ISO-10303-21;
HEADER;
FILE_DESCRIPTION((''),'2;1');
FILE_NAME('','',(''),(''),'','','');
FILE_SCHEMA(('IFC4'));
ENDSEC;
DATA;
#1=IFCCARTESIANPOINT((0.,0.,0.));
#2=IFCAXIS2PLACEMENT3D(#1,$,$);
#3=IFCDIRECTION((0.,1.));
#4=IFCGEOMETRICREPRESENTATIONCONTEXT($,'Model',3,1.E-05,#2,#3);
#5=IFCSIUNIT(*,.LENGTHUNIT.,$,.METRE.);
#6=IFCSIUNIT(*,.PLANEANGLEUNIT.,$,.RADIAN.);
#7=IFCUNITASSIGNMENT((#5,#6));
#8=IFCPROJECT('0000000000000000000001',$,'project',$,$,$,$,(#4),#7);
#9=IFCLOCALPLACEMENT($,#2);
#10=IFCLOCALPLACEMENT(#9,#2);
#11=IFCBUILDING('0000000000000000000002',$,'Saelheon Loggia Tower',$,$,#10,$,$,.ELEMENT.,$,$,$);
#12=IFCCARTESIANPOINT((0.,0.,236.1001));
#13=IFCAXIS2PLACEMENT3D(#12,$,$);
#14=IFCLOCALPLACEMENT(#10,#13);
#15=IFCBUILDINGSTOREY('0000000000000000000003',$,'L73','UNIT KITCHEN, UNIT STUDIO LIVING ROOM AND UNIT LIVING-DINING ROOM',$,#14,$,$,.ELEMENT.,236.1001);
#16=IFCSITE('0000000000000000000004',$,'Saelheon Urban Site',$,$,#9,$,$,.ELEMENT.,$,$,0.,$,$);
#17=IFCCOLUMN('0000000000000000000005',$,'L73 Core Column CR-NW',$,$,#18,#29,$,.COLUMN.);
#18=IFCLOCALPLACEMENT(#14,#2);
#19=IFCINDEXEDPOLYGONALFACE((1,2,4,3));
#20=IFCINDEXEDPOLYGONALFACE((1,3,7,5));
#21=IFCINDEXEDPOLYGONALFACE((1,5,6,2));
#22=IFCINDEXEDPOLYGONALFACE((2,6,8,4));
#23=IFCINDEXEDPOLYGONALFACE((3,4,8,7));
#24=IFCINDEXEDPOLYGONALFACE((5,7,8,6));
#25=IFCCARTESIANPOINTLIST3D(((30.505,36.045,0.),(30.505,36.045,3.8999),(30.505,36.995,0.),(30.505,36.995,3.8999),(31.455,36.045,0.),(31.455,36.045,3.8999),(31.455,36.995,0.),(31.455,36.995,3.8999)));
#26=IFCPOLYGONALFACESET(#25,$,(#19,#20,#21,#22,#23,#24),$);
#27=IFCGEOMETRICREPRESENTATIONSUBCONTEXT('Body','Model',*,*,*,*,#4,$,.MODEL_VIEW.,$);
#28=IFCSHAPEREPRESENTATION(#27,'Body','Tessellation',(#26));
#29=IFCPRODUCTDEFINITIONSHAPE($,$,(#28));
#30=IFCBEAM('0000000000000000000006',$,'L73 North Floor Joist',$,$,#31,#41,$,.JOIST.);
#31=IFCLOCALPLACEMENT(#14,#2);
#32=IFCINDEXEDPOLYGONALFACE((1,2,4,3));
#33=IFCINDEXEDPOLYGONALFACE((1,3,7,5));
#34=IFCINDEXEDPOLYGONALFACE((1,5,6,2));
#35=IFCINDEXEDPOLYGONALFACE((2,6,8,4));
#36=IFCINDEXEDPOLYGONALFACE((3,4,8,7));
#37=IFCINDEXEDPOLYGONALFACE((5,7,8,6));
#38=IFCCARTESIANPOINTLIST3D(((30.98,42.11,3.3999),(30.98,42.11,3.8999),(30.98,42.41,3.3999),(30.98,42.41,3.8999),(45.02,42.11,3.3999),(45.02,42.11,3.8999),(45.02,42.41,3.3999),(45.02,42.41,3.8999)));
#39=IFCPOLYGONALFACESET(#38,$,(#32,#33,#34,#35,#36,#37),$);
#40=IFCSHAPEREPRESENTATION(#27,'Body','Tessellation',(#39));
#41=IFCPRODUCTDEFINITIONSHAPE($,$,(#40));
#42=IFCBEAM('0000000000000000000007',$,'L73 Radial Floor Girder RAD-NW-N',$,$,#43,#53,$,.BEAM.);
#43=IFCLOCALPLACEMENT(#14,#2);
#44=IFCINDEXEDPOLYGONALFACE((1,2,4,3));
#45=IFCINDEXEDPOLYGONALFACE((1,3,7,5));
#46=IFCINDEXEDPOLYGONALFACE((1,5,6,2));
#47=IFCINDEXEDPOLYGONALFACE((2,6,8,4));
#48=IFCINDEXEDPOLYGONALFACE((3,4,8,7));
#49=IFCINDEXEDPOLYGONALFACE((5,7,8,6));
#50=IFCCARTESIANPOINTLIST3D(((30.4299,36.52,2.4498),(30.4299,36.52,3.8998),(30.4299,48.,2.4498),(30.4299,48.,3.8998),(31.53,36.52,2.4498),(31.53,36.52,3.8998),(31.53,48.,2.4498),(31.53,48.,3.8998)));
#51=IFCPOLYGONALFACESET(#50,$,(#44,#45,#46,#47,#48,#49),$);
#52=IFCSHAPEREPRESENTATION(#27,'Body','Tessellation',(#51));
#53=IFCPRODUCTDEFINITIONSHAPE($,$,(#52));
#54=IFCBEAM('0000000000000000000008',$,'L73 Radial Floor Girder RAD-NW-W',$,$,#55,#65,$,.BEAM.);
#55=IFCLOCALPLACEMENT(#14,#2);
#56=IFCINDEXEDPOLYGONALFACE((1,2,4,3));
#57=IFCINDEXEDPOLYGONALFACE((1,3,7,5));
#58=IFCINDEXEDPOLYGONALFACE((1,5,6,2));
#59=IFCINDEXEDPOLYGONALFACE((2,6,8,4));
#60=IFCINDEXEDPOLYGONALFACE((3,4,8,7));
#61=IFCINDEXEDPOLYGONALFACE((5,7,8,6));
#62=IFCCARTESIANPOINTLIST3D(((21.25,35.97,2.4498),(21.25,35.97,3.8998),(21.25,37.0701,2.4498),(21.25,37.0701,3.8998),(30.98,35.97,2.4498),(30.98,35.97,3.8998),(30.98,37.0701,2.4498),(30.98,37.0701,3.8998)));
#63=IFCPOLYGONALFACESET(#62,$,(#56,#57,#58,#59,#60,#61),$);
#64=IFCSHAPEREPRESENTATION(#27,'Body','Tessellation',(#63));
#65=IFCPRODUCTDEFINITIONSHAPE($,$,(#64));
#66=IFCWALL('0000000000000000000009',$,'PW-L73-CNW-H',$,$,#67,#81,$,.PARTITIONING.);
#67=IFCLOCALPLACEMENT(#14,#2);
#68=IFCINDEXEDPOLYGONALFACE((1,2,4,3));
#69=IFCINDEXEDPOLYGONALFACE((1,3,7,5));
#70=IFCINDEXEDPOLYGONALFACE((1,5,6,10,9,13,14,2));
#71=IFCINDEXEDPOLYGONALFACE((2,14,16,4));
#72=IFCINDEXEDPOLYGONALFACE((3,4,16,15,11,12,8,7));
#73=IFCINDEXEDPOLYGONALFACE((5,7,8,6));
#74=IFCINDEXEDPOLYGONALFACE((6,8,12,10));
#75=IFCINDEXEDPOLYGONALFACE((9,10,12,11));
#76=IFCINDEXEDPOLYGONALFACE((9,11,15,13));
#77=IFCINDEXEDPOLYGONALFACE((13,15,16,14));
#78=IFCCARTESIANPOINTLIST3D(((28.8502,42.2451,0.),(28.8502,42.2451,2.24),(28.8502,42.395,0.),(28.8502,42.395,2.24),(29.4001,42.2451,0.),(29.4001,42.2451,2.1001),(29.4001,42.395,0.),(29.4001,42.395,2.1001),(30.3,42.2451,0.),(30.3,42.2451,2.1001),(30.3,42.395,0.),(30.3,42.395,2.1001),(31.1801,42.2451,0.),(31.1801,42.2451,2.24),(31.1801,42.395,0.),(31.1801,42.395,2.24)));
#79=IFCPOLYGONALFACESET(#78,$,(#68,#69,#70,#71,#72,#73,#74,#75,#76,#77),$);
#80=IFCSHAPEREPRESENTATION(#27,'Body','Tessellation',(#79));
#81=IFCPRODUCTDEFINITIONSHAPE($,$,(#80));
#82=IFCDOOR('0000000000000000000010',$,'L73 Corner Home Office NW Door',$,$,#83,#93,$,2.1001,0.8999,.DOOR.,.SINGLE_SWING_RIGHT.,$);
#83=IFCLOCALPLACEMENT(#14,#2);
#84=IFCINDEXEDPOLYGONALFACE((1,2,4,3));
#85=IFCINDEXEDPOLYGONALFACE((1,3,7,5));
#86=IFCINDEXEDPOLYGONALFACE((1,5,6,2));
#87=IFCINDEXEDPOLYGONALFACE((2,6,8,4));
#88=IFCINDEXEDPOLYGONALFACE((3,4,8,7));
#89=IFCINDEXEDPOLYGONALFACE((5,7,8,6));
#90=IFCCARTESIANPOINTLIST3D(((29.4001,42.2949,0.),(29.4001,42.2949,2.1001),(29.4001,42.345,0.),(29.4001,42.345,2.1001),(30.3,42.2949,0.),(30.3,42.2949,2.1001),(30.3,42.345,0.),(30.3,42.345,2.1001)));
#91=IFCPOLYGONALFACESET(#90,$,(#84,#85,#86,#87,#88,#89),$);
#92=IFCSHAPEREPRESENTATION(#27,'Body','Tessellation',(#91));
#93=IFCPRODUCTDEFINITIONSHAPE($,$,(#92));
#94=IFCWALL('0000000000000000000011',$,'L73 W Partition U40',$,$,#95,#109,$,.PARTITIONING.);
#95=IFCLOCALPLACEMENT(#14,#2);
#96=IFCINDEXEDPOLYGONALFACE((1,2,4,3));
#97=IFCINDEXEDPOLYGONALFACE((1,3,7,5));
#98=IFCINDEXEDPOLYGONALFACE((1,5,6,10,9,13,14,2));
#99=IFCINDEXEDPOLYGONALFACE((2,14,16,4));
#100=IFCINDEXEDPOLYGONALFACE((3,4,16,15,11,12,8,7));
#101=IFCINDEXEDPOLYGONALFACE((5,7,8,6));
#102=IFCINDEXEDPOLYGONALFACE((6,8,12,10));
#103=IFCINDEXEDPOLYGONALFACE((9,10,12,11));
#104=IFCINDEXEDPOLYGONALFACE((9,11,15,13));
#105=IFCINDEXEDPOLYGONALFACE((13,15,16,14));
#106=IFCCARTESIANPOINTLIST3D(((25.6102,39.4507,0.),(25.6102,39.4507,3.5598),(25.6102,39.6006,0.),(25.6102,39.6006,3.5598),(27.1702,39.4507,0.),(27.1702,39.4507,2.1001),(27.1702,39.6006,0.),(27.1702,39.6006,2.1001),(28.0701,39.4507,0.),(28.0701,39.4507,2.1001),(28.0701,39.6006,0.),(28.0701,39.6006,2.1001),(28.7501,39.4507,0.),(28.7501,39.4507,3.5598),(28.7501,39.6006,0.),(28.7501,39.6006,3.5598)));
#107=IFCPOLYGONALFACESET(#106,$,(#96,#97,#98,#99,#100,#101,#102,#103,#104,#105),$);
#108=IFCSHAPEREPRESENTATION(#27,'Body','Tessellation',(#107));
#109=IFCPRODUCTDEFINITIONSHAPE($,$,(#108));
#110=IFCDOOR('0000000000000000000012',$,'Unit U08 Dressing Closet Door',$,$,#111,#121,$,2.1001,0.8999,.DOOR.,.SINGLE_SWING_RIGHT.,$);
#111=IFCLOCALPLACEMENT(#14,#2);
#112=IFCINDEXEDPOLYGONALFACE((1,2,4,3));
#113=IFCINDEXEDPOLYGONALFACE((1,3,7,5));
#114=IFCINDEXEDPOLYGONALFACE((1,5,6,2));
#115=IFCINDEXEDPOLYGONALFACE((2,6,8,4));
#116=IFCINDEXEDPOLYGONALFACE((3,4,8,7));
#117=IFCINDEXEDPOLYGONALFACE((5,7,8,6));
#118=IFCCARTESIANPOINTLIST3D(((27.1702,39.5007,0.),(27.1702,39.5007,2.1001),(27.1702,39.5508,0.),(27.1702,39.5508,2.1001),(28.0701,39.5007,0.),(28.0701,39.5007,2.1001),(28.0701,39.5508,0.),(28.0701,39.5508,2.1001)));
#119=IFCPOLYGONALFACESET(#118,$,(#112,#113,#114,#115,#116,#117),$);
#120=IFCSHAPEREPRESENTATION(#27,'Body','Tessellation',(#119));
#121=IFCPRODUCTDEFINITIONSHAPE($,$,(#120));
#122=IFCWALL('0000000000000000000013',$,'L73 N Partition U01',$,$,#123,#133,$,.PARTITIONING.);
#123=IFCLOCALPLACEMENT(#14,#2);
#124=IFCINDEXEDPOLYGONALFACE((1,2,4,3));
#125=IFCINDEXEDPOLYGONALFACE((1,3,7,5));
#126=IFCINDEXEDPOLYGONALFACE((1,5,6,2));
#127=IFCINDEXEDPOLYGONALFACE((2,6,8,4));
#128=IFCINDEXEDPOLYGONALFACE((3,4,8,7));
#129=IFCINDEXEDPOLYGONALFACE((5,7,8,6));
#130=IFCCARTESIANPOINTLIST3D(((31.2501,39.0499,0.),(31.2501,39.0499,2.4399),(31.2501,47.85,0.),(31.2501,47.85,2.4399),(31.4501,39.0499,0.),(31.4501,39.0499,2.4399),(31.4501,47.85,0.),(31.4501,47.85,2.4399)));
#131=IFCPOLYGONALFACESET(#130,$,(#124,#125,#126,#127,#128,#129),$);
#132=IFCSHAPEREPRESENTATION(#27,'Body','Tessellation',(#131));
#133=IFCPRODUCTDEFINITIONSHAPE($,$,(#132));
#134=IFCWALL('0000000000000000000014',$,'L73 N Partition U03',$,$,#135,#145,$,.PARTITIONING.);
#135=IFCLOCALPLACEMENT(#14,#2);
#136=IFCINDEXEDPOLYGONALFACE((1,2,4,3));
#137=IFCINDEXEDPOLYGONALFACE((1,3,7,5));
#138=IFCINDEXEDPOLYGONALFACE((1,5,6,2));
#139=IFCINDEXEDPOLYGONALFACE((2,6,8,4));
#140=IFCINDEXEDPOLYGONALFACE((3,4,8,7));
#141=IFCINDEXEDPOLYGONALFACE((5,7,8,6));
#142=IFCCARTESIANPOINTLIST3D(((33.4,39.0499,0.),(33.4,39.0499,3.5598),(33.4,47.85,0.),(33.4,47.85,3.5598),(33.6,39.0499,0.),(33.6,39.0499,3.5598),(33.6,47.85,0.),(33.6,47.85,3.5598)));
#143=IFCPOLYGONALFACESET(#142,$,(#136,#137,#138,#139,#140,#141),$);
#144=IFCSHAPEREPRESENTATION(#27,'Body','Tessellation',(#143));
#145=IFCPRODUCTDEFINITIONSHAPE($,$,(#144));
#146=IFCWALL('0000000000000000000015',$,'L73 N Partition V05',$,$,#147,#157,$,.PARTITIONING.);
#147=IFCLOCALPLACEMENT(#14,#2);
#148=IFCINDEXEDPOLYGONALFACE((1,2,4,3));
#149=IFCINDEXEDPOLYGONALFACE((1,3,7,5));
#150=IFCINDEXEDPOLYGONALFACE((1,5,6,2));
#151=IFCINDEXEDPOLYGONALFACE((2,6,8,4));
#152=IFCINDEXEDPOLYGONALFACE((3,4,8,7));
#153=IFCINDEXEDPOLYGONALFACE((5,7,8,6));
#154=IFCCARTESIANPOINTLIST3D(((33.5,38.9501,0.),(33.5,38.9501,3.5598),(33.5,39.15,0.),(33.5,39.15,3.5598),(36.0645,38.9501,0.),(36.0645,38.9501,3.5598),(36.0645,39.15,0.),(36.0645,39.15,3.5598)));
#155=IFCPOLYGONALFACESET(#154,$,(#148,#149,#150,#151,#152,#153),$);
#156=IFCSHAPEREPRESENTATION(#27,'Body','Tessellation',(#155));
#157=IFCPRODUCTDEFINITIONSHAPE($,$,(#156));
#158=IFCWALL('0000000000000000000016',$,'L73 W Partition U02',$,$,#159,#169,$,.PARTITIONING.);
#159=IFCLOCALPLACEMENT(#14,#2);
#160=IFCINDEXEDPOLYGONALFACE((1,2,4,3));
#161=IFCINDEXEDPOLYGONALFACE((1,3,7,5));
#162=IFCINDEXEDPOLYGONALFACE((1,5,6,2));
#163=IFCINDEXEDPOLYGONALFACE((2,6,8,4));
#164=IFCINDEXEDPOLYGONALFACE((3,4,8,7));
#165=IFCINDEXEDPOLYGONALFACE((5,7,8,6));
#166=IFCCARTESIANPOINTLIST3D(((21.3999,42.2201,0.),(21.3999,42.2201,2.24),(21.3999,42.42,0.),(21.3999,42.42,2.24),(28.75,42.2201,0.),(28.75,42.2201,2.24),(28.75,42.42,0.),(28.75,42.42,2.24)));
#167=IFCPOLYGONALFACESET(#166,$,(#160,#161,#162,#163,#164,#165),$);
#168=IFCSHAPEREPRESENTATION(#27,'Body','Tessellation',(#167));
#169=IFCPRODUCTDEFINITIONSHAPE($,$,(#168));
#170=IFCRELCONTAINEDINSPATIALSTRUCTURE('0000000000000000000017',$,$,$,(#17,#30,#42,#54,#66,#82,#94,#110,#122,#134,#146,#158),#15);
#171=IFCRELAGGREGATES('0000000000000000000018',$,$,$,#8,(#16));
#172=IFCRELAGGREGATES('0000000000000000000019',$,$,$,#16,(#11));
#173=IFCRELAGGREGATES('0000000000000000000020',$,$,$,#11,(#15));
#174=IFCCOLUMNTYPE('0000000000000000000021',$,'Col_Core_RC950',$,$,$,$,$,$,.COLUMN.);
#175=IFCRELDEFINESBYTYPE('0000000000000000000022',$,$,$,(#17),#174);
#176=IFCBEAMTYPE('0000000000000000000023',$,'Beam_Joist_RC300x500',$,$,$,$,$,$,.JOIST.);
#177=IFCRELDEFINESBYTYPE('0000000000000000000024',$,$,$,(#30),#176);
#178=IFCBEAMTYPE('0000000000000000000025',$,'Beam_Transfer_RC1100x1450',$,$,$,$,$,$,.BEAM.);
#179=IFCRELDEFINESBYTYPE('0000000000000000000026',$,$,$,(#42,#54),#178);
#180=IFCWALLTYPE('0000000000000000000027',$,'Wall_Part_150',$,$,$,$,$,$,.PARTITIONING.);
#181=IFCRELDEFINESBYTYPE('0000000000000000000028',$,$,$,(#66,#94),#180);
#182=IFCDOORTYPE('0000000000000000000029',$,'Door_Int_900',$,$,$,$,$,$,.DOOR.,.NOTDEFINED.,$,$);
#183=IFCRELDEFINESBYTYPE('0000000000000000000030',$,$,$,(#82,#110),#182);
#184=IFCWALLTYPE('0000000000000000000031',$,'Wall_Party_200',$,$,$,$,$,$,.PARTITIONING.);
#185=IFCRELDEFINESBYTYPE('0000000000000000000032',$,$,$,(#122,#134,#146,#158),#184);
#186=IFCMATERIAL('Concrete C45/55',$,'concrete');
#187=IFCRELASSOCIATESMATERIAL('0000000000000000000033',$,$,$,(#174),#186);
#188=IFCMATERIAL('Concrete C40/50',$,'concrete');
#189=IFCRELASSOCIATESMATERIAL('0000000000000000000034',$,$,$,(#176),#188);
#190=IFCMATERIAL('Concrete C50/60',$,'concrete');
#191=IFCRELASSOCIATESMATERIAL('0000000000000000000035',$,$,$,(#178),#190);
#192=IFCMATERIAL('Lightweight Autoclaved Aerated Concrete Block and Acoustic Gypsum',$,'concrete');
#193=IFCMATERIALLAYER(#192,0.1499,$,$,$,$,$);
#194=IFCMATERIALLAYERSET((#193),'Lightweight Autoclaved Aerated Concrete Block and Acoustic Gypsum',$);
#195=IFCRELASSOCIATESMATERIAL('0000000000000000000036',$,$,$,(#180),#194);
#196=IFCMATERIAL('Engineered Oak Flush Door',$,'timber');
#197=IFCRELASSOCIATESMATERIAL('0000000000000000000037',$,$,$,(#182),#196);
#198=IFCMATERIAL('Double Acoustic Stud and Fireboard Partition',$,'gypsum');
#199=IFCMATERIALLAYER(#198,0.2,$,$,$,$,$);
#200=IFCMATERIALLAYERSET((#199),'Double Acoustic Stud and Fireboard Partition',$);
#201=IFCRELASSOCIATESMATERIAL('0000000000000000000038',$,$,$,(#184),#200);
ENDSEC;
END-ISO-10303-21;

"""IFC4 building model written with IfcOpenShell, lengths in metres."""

from ifc_helpers import new_model, si_unit, direction, frame, frame_2d, origin, origin_2d, place, context, subcontext, project, spatial, rectangle, extrude, source, transform, mapped, material, layer, layer_set, material_profile, profile_set, type_object, element, fill, save


model = new_model("IFC4")

# Units and contexts
model_context = context("Model", 3, precision=1e-05, world=origin(), true_north=direction((0.0, 1.0)))
body_context = subcontext(model_context, "Body", "Model", "MODEL_VIEW")
ifc_project = project(units=[si_unit("LENGTHUNIT", "METRE"), si_unit("PLANEANGLEUNIT", "RADIAN")], contexts=[model_context])

# Site, building, storey
site_placement = place(None, origin())
site = spatial("IfcSite", under=ifc_project, at=site_placement, Name="Saelheon Urban Site", CompositionType="ELEMENT", RefElevation=0.0)
building_placement = place(site_placement, origin())
building = spatial("IfcBuilding", under=site, at=building_placement, Name="Saelheon Loggia Tower", CompositionType="ELEMENT")
storey_placement = place(building_placement, frame((0.0, 0.0, 236.1001)))
storey = spatial("IfcBuildingStorey", under=building, at=storey_placement, Name="L73", Description="UNIT KITCHEN, UNIT STUDIO LIVING ROOM AND UNIT LIVING-DINING ROOM", CompositionType="ELEMENT", Elevation=236.1001)

# Column
ifc_material_1 = material(Name="Concrete C45/55", Category="concrete")
ifc_material_profile_1 = material_profile(ifc_material_1, rectangle(XDim=0.95, YDim=0.95, at=origin_2d()), Name="RC-950x950")
ifc_profile_set_1 = profile_set([ifc_material_profile_1], Name="Concrete C45/55")
column_type = type_object("IfcColumnType", Name="Col_Core_RC950", PredefinedType="COLUMN", material=ifc_profile_set_1)
shared_shape_1 = source(origin(), body_context, "Body", "SweptSolid", [
    extrude(rectangle(XDim=0.95, YDim=0.95, at=origin_2d()), origin(), (0.0, 0.0, 1.0), 3.8999),
])
column_placement = place(storey_placement, frame((30.98, 36.52, 0.0), z_axis=(0.0, 0.0, 1.0), x_axis=(1.0, 0.0, 0.0)))
element("IfcColumn", 1, at=column_placement, inside=storey, type_object=column_type, Name="L73 Core Column CR-NW", PredefinedType="COLUMN", context=body_context, shape_type="MappedRepresentation", body=[
    mapped(shared_shape_1, transform((0.0, 0.0, 0.0), scale=1.0)),
])

# Beams
ifc_material_2 = material(Name="Concrete C40/50", Category="concrete")
ifc_material_profile_2 = material_profile(ifc_material_2, rectangle(XDim=0.3, YDim=0.5, at=origin_2d()), Name="RC-300x500")
ifc_profile_set_2 = profile_set([ifc_material_profile_2], Name="Concrete C40/50")
beam_type_1 = type_object("IfcBeamType", Name="Beam_Joist_RC300x500", PredefinedType="JOIST", material=ifc_profile_set_2)
shared_shape_2 = source(origin(), body_context, "Body", "SweptSolid", [
    extrude(rectangle(XDim=0.3, YDim=0.5, at=origin_2d()), origin(), (0.0, 0.0, 1.0), 14.04),
])
beam_1_placement = place(storey_placement, frame((30.98, 42.26, 3.6499), z_axis=(1.0, 0.0, 0.0), x_axis=(0.0, 1.0, 0.0)))
element("IfcBeam", 2, at=beam_1_placement, inside=storey, type_object=beam_type_1, Name="L73 North Floor Joist", PredefinedType="JOIST", context=body_context, shape_type="MappedRepresentation", body=[
    mapped(shared_shape_2, transform((0.0, 0.0, 0.0), scale=1.0)),
])
ifc_material_3 = material(Name="Concrete C50/60", Category="concrete")
ifc_material_profile_3 = material_profile(ifc_material_3, rectangle(XDim=1.1001, YDim=1.45, at=origin_2d()), Name="RC-1100x1450")
ifc_profile_set_3 = profile_set([ifc_material_profile_3], Name="Concrete C50/60")
beam_type_2 = type_object("IfcBeamType", Name="Beam_Transfer_RC1100x1450", PredefinedType="BEAM", material=ifc_profile_set_3)
shared_shape_3 = source(origin(), body_context, "Body", "SweptSolid", [
    extrude(rectangle(XDim=1.1001, YDim=1.45, at=origin_2d()), origin(), (0.0, 0.0, 1.0), 11.48),
])
beam_2_placement = place(storey_placement, frame((30.98, 36.52, 3.1748), z_axis=(0.0, 1.0, 0.0), x_axis=(-1.0, 0.0, 0.0)))
element("IfcBeam", 3, at=beam_2_placement, inside=storey, type_object=beam_type_2, Name="L73 Radial Floor Girder RAD-NW-N", PredefinedType="BEAM", context=body_context, shape_type="MappedRepresentation", body=[
    mapped(shared_shape_3, transform((0.0, 0.0, 0.0), scale=1.0)),
])
shared_shape_4 = source(origin(), body_context, "Body", "SweptSolid", [
    extrude(rectangle(XDim=1.1001, YDim=1.45, at=origin_2d()), origin(), (0.0, 0.0, 1.0), 9.73),
])
beam_3_placement = place(storey_placement, frame((30.98, 36.52, 3.1748), z_axis=(-1.0, 0.0, 0.0), x_axis=(0.0, -1.0, 0.0)))
element("IfcBeam", 4, at=beam_3_placement, inside=storey, type_object=beam_type_2, Name="L73 Radial Floor Girder RAD-NW-W", PredefinedType="BEAM", context=body_context, shape_type="MappedRepresentation", body=[
    mapped(shared_shape_4, transform((0.0, 0.0, 0.0), scale=1.0)),
])

# Walls, openings, doors
ifc_material_4 = material(Name="Lightweight Autoclaved Aerated Concrete Block and Acoustic Gypsum", Category="concrete")
ifc_layer_1 = layer(ifc_material_4, 0.1499)
ifc_layer_set_1 = layer_set([ifc_layer_1], Name="Lightweight Autoclaved Aerated Concrete Block and Acoustic Gypsum")
wall_type_1 = type_object("IfcWallType", Name="Wall_Part_150", PredefinedType="PARTITIONING", material=ifc_layer_set_1)
wall_1_placement = place(storey_placement, frame((28.8501, 42.3201, 0.0), z_axis=(0.0, 0.0, 1.0), x_axis=(1.0, 0.0, 0.0)))
wall_1 = element("IfcWall", 5, at=wall_1_placement, inside=storey, type_object=wall_type_1, Name="PW-L73-CNW-H", PredefinedType="PARTITIONING", context=body_context, shape_type="SweptSolid", body=[
    extrude(rectangle(XDim=2.3298, YDim=0.1499, at=frame_2d((1.165, 0.0))), origin(), (0.0, 0.0, 1.0), 2.24),
])
opening_1_placement = place(wall_1_placement, frame((0.55, 0.0, 0.0)))
opening_1 = element("IfcOpeningElement", 6, at=opening_1_placement, cuts=wall_1, PredefinedType="OPENING", context=body_context, shape_type="SweptSolid", body=[
    extrude(rectangle(XDim=0.8999, YDim=2.1001, at=frame_2d((0.45, 1.05))), frame((0.0, 0.0869, 0.0), z_axis=(0.0, -1.0, 0.0), x_axis=(1.0, 0.0, 0.0)), (0.0, 0.0, 1.0), 0.1738),
])
ifc_material_5 = material(Name="Engineered Oak Flush Door", Category="timber")
door_type_1 = type_object("IfcDoorType", Name="Door_Int_900", OperationType="NOTDEFINED", PredefinedType="DOOR", material=ifc_material_5)
shared_shape_5 = source(origin(), body_context, "Body", "SweptSolid", [
    extrude(rectangle(XDim=0.8999, YDim=2.1001, at=frame_2d((0.45, 1.05))), frame((0.0, 0.0249, 0.0), z_axis=(0.0, -1.0, 0.0), x_axis=(1.0, 0.0, 0.0)), (0.0, 0.0, 1.0), 0.05),
])
door_1_placement = place(opening_1_placement, origin())
door_1 = element("IfcDoor", 7, at=door_1_placement, inside=storey, type_object=door_type_1, Name="L73 Corner Home Office NW Door", OperationType="SINGLE_SWING_RIGHT", OverallHeight=2.1001, OverallWidth=0.8999, PredefinedType="DOOR", context=body_context, shape_type="MappedRepresentation", body=[
    mapped(shared_shape_5, transform((0.0, 0.0, 0.0), scale=1.0)),
])
fill(opening_1, door_1)
wall_2_placement = place(storey_placement, frame((28.75, 39.5256, 0.0), z_axis=(0.0, 0.0, 1.0), x_axis=(-1.0, 0.0, 0.0)))
wall_2 = element("IfcWall", 8, at=wall_2_placement, inside=storey, type_object=wall_type_1, Name="L73 W Partition U40", PredefinedType="PARTITIONING", context=body_context, shape_type="SweptSolid", body=[
    extrude(rectangle(XDim=3.1399, YDim=0.1499, at=frame_2d((1.5698, 0.0))), origin(), (0.0, 0.0, 1.0), 3.5598),
])
opening_2_placement = place(wall_2_placement, frame((0.6799, 0.0, 0.0)))
opening_2 = element("IfcOpeningElement", 9, at=opening_2_placement, cuts=wall_2, PredefinedType="OPENING", context=body_context, shape_type="SweptSolid", body=[
    extrude(rectangle(XDim=0.8999, YDim=2.1001, at=frame_2d((0.45, 1.05))), frame((0.0, 0.0869, 0.0), z_axis=(0.0, -1.0, 0.0), x_axis=(1.0, 0.0, 0.0)), (0.0, 0.0, 1.0), 0.1738),
])
door_2_placement = place(opening_2_placement, origin())
door_2 = element("IfcDoor", 10, at=door_2_placement, inside=storey, type_object=door_type_1, Name="Unit U08 Dressing Closet Door", OperationType="SINGLE_SWING_RIGHT", OverallHeight=2.1001, OverallWidth=0.8999, PredefinedType="DOOR", context=body_context, shape_type="MappedRepresentation", body=[
    mapped(shared_shape_5, transform((0.0, 0.0, 0.0), scale=1.0)),
])
fill(opening_2, door_2)

# Walls
ifc_material_6 = material(Name="Double Acoustic Stud and Fireboard Partition", Category="gypsum")
ifc_layer_2 = layer(ifc_material_6, 0.2)
ifc_layer_set_2 = layer_set([ifc_layer_2], Name="Double Acoustic Stud and Fireboard Partition")
wall_type_2 = type_object("IfcWallType", Name="Wall_Party_200", PredefinedType="PARTITIONING", material=ifc_layer_set_2)
wall_3_placement = place(storey_placement, frame((31.3501, 39.05, 0.0), z_axis=(0.0, 0.0, 1.0), x_axis=(0.0, 1.0, 0.0)))
element("IfcWall", 11, at=wall_3_placement, inside=storey, type_object=wall_type_2, Name="L73 N Partition U01", PredefinedType="PARTITIONING", context=body_context, shape_type="SweptSolid", body=[
    extrude(rectangle(XDim=8.8, YDim=0.2, at=frame_2d((4.3999, 0.0))), origin(), (0.0, 0.0, 1.0), 2.4399),
])
wall_4_placement = place(storey_placement, frame((33.5, 39.05, 0.0), z_axis=(0.0, 0.0, 1.0), x_axis=(0.0, 1.0, 0.0)))
element("IfcWall", 12, at=wall_4_placement, inside=storey, type_object=wall_type_2, Name="L73 N Partition U03", PredefinedType="PARTITIONING", context=body_context, shape_type="SweptSolid", body=[
    extrude(rectangle(XDim=8.8, YDim=0.2, at=frame_2d((4.3999, 0.0))), origin(), (0.0, 0.0, 1.0), 3.5598),
])
wall_5_placement = place(storey_placement, frame((33.5, 39.05, 0.0), z_axis=(0.0, 0.0, 1.0), x_axis=(1.0, 0.0, 0.0)))
element("IfcWall", 13, at=wall_5_placement, inside=storey, type_object=wall_type_2, Name="L73 N Partition V05", PredefinedType="PARTITIONING", context=body_context, shape_type="SweptSolid", body=[
    extrude(rectangle(XDim=2.5645, YDim=0.2, at=frame_2d((1.2822, 0.0))), origin(), (0.0, 0.0, 1.0), 3.5598),
])
wall_6_placement = place(storey_placement, frame((28.75, 42.3201, 0.0), z_axis=(0.0, 0.0, 1.0), x_axis=(-1.0, 0.0, 0.0)))
element("IfcWall", 14, at=wall_6_placement, inside=storey, type_object=wall_type_2, Name="L73 W Partition U02", PredefinedType="PARTITIONING", context=body_context, shape_type="SweptSolid", body=[
    extrude(rectangle(XDim=7.3501, YDim=0.2, at=frame_2d((3.675, 0.0))), origin(), (0.0, 0.0, 1.0), 2.24),
])

save(model, "model.ifc")
